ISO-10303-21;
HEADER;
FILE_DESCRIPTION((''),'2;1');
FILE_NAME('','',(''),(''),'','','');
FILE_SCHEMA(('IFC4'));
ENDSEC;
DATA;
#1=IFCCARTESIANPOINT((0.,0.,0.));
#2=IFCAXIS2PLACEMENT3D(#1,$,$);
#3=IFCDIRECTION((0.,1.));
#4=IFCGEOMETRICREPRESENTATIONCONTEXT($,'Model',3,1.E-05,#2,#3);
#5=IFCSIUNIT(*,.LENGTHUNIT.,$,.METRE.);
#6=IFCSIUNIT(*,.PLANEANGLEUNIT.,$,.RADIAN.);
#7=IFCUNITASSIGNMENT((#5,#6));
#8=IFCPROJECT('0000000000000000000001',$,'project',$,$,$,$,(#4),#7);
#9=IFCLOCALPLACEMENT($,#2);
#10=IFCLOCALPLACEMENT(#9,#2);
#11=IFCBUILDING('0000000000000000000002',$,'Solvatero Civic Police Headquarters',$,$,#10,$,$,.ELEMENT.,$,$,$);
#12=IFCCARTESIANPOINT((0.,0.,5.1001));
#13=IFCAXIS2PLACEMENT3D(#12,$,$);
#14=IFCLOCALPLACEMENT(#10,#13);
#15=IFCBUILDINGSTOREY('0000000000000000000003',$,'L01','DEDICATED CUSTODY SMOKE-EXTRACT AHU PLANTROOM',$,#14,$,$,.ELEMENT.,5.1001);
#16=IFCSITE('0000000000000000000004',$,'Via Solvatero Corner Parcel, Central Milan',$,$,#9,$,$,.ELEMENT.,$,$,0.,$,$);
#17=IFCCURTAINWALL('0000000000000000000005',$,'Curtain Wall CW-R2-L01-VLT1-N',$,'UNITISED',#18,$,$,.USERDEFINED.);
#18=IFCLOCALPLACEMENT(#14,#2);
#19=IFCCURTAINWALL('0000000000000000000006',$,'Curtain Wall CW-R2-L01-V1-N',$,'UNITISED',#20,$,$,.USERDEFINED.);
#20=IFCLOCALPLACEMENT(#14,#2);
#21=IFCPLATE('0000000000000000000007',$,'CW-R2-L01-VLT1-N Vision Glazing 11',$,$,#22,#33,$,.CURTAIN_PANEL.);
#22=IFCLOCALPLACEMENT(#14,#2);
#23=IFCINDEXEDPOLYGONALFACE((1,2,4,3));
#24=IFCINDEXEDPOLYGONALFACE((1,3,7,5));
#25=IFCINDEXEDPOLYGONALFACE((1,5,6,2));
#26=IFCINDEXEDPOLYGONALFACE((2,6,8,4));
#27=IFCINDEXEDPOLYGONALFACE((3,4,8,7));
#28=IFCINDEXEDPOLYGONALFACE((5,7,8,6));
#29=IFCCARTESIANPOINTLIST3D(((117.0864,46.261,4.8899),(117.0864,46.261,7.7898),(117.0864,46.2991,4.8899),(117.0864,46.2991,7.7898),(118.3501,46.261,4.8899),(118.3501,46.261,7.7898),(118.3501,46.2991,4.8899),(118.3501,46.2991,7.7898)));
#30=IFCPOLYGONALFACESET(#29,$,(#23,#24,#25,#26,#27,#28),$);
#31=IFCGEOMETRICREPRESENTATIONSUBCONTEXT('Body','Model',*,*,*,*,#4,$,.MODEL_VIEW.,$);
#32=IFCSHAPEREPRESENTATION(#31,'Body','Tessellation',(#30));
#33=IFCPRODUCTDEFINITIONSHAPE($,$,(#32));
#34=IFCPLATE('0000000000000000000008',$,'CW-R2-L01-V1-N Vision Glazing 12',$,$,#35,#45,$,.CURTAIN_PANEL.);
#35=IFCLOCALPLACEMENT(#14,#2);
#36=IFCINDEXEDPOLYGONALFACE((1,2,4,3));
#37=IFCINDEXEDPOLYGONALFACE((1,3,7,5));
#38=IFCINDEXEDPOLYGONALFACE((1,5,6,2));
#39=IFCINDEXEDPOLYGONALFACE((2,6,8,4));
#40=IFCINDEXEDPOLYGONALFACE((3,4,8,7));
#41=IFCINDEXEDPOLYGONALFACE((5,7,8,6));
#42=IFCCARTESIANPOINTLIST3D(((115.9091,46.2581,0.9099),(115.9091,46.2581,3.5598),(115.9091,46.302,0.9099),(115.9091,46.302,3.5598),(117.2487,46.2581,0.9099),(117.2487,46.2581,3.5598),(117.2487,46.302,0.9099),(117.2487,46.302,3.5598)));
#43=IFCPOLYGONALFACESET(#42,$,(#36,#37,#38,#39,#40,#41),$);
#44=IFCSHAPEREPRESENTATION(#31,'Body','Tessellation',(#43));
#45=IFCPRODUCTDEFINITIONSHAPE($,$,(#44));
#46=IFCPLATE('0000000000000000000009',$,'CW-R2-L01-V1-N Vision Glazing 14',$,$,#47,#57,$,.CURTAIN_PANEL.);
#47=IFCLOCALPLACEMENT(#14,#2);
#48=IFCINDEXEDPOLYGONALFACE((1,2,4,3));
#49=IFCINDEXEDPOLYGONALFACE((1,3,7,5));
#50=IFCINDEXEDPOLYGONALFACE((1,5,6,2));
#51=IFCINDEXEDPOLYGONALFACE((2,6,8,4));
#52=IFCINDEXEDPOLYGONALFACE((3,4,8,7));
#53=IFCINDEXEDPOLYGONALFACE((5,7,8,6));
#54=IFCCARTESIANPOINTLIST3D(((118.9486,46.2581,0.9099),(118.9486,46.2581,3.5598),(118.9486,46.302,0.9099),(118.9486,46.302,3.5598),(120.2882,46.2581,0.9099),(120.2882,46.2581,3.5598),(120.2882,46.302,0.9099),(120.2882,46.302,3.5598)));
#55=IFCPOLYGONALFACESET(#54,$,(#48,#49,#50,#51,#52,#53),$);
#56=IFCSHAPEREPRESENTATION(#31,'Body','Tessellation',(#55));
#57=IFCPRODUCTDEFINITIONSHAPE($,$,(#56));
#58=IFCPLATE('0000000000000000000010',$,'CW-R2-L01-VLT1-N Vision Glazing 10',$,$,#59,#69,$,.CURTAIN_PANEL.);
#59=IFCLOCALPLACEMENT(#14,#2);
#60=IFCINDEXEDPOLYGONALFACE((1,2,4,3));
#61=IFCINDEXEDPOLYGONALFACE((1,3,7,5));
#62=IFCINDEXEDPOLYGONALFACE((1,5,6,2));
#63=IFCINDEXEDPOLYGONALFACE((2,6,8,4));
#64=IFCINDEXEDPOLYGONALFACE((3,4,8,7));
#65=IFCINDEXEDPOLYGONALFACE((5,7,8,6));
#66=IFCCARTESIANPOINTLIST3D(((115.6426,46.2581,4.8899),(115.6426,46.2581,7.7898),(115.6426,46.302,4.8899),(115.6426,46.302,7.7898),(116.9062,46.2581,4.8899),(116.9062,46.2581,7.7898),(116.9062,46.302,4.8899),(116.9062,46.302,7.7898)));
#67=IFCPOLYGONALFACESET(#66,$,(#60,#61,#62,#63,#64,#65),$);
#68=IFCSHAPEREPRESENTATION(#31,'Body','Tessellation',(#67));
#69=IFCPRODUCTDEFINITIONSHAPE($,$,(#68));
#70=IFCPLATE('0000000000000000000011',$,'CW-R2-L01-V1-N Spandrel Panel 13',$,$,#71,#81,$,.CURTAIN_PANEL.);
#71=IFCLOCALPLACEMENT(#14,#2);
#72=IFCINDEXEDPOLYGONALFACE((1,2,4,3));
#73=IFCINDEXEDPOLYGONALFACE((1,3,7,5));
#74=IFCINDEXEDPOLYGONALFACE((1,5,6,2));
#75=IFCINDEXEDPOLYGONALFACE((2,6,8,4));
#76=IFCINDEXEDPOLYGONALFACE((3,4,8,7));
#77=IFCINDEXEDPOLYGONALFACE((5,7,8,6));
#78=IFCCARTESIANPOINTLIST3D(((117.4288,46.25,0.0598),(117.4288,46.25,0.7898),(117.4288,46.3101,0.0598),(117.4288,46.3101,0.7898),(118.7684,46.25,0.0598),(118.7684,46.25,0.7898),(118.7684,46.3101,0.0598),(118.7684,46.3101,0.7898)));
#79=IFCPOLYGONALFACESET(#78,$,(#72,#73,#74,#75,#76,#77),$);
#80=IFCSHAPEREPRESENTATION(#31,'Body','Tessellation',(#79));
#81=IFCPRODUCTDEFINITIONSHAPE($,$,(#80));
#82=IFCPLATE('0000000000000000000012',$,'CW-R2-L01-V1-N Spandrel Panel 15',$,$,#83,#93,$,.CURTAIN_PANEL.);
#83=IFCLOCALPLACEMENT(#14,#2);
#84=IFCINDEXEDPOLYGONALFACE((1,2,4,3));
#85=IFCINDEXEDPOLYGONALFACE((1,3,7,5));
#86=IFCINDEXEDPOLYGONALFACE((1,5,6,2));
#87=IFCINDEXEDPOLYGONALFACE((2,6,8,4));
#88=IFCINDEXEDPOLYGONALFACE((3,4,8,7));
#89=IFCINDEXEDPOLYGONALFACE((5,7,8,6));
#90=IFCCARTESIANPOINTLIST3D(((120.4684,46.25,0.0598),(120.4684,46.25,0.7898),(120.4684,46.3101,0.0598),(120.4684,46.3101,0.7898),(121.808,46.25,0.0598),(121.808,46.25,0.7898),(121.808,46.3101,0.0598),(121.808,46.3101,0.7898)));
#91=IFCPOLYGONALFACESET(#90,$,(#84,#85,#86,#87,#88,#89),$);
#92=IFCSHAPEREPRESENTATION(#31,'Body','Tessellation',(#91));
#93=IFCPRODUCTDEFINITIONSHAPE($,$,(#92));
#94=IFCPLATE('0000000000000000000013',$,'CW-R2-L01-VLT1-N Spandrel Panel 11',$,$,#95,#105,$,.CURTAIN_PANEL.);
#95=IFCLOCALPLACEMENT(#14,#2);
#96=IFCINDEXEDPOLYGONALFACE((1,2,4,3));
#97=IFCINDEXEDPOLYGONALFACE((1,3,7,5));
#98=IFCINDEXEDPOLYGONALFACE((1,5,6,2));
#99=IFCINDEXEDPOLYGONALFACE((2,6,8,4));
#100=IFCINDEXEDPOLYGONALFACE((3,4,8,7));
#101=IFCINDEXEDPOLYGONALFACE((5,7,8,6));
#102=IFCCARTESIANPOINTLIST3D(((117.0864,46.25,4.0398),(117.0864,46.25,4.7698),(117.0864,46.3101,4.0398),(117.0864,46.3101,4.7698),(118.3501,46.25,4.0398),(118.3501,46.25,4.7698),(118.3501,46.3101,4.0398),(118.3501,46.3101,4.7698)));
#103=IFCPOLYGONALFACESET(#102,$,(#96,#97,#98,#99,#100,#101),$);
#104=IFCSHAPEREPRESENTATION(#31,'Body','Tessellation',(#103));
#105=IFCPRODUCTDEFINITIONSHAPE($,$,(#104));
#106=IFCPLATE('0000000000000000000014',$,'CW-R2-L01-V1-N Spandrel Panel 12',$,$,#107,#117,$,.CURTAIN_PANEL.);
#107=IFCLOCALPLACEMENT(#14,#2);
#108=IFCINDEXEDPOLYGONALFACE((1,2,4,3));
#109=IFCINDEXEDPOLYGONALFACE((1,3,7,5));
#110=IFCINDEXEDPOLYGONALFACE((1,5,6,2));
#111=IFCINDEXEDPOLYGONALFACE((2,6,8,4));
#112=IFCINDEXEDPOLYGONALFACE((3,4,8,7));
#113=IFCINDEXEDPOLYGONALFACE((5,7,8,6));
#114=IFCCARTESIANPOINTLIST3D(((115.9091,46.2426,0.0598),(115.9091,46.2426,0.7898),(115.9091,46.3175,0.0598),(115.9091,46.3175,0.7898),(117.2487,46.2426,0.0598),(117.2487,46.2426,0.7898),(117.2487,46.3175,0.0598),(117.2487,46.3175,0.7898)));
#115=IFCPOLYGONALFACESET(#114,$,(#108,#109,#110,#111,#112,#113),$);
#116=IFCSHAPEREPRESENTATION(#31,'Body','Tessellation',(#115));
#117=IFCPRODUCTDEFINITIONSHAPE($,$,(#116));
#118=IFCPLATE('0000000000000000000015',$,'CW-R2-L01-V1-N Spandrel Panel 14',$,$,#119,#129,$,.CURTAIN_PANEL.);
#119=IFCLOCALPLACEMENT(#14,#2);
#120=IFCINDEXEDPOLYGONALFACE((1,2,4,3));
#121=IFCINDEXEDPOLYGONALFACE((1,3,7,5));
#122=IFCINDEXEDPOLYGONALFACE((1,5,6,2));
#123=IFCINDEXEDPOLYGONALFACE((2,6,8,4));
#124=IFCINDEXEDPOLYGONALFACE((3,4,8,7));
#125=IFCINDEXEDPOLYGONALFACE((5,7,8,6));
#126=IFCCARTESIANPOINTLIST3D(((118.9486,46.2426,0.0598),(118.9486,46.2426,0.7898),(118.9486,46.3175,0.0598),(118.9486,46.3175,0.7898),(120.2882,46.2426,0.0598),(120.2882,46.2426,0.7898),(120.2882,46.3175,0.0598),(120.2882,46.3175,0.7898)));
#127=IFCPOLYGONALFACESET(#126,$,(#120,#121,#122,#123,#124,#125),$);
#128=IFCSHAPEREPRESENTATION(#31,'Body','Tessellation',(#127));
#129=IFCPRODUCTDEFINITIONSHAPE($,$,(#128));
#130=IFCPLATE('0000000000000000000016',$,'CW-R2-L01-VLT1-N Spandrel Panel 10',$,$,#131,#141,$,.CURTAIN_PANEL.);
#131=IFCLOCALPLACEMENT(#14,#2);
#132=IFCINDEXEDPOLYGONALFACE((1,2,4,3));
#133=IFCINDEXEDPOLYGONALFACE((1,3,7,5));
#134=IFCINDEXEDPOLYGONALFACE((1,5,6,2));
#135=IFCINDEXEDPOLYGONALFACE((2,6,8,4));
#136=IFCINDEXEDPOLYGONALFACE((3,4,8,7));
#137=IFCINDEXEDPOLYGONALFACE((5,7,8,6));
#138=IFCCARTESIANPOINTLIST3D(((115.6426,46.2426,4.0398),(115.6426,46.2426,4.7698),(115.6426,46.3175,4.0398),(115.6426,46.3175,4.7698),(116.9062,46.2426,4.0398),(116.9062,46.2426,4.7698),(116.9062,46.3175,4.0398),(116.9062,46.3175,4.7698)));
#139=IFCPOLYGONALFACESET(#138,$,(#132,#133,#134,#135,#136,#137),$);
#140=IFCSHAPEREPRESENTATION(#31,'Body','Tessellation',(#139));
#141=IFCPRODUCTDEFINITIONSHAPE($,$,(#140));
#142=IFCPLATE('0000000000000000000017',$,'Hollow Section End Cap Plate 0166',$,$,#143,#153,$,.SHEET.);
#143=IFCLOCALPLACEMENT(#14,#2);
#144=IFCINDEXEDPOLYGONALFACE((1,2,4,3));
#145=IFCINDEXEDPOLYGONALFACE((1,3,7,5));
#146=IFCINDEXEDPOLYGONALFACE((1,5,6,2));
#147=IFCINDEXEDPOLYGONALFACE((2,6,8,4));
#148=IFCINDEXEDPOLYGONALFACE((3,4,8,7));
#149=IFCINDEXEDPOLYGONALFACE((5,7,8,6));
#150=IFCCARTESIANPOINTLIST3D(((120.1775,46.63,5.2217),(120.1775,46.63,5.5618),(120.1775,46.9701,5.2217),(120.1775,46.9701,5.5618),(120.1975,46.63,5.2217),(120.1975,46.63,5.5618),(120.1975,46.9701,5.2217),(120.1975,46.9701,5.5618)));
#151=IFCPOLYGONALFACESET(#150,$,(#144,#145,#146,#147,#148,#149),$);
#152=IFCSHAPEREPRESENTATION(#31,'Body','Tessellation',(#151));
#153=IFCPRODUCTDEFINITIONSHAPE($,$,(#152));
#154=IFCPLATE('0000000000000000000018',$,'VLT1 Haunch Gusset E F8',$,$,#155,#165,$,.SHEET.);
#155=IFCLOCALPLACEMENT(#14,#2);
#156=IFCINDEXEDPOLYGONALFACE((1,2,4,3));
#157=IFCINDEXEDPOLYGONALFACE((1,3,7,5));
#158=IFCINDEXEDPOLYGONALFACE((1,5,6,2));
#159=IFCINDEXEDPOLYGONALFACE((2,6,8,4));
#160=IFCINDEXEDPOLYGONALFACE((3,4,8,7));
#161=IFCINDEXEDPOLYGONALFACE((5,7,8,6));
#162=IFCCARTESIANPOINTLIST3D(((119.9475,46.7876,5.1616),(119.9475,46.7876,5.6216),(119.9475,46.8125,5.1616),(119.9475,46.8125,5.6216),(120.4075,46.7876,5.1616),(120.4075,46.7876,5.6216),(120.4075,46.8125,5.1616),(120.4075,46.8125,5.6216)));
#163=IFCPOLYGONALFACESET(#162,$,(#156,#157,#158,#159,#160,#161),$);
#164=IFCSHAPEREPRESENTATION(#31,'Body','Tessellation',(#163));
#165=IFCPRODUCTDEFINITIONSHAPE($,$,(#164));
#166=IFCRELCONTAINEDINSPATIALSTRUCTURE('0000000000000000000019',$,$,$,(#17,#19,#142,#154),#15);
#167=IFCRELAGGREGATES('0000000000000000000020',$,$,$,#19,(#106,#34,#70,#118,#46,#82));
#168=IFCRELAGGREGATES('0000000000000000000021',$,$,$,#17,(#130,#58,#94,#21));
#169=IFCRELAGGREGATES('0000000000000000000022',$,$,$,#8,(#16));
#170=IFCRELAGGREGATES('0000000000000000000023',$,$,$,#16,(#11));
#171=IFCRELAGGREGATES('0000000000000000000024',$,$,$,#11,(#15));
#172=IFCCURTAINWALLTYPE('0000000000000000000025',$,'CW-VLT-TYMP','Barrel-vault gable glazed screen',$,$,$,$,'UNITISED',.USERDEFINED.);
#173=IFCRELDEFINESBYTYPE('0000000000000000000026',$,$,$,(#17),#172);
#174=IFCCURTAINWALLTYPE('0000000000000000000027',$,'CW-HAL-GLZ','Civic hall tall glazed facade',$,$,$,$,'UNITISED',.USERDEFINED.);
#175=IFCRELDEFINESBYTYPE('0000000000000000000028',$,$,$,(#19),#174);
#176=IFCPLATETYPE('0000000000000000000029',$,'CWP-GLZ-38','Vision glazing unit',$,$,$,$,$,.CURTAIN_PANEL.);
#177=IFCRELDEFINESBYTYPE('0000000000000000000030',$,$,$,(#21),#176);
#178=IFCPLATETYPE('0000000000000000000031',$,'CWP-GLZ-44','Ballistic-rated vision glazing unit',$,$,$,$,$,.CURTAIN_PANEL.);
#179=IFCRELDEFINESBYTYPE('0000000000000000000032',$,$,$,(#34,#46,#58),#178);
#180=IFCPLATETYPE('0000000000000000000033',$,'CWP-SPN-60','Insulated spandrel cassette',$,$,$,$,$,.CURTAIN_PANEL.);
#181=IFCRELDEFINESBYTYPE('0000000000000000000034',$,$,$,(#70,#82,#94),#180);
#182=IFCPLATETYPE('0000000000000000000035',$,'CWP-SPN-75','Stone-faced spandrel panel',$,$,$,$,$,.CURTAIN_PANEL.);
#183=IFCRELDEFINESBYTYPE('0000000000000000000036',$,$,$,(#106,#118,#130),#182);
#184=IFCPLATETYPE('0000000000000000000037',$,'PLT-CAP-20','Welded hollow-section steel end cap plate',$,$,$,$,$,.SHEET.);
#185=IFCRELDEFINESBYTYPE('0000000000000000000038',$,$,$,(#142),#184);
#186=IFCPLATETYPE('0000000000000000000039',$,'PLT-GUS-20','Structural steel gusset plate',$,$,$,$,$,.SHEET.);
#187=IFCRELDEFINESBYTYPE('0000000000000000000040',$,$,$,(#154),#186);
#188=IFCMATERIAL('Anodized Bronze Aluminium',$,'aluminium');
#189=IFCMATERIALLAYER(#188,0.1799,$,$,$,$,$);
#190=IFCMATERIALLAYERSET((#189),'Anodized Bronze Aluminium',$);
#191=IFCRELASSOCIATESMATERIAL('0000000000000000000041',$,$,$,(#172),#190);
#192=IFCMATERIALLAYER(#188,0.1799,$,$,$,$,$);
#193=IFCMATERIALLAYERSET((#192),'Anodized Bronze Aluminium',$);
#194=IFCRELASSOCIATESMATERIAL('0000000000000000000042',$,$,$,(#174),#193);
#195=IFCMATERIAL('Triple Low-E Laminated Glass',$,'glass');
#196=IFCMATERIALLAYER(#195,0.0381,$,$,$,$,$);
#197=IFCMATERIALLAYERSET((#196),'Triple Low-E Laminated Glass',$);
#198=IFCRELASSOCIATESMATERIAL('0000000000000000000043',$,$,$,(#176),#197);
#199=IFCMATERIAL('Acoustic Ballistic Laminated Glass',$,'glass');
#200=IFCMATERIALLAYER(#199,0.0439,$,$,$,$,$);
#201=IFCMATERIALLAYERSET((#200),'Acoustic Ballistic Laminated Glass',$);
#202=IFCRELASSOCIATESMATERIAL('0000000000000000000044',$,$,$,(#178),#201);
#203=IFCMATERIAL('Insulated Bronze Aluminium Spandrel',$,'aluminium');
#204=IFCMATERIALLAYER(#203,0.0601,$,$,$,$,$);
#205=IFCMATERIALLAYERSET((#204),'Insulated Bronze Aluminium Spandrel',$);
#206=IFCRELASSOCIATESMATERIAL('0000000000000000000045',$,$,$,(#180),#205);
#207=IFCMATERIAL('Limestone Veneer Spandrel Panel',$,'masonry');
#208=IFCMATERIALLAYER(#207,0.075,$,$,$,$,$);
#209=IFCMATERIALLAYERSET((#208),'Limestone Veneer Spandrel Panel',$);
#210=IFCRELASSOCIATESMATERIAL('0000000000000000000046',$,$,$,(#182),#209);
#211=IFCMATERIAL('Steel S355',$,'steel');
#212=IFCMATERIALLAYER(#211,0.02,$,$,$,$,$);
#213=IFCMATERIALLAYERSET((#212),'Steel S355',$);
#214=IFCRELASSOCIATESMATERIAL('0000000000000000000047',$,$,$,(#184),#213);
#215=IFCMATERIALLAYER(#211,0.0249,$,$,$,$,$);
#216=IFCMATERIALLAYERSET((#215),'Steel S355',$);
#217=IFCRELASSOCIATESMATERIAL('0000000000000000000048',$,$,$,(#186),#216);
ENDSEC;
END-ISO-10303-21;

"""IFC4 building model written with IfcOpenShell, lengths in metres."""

from ifc_helpers import new_model, si_unit, direction, frame, origin, origin_2d, place, context, subcontext, project, spatial, rectangle, extrude, material, layer, layer_set, type_object, element, aggregate, save


model = new_model("IFC4")

# Units and contexts
model_context = context("Model", 3, precision=1e-05, world=origin(), true_north=direction((0.0, 1.0)))
body_context = subcontext(model_context, "Body", "Model", "MODEL_VIEW")
ifc_project = project(units=[si_unit("LENGTHUNIT", "METRE"), si_unit("PLANEANGLEUNIT", "RADIAN")], contexts=[model_context])

# Site, building, storey
site_placement = place(None, origin())
site = spatial("IfcSite", under=ifc_project, at=site_placement, Name="Via Solvatero Corner Parcel, Central Milan", CompositionType="ELEMENT", RefElevation=0.0)
building_placement = place(site_placement, origin())
building = spatial("IfcBuilding", under=site, at=building_placement, Name="Solvatero Civic Police Headquarters", CompositionType="ELEMENT")
storey_placement = place(building_placement, frame((0.0, 0.0, 5.1001)))
storey = spatial("IfcBuildingStorey", under=building, at=storey_placement, Name="L01", Description="DEDICATED CUSTODY SMOKE-EXTRACT AHU PLANTROOM", CompositionType="ELEMENT", Elevation=5.1001)

# Shared definitions
ifc_material_1 = material(Name="Steel S355", Category="steel")

# Curtain walls
ifc_material_2 = material(Name="Anodized Bronze Aluminium", Category="aluminium")
ifc_layer_1 = layer(ifc_material_2, 0.1799)
ifc_layer_set_1 = layer_set([ifc_layer_1], Name="Anodized Bronze Aluminium")
curtain_wall_type_1 = type_object("IfcCurtainWallType", Name="CW-VLT-TYMP", Description="Barrel-vault gable glazed screen", ElementType="UNITISED", PredefinedType="USERDEFINED", material=ifc_layer_set_1)
curtain_wall_1_placement = place(storey_placement, origin())
curtain_wall_1 = element("IfcCurtainWall", 1, at=curtain_wall_1_placement, inside=storey, type_object=curtain_wall_type_1, Name="Curtain Wall CW-R2-L01-VLT1-N", ObjectType="UNITISED", PredefinedType="USERDEFINED")
ifc_layer_2 = layer(ifc_material_2, 0.1799)
ifc_layer_set_2 = layer_set([ifc_layer_2], Name="Anodized Bronze Aluminium")
curtain_wall_type_2 = type_object("IfcCurtainWallType", Name="CW-HAL-GLZ", Description="Civic hall tall glazed facade", ElementType="UNITISED", PredefinedType="USERDEFINED", material=ifc_layer_set_2)
curtain_wall_2_placement = place(storey_placement, origin())
curtain_wall_2 = element("IfcCurtainWall", 2, at=curtain_wall_2_placement, inside=storey, type_object=curtain_wall_type_2, Name="Curtain Wall CW-R2-L01-V1-N", ObjectType="UNITISED", PredefinedType="USERDEFINED")

# Plates
ifc_material_3 = material(Name="Triple Low-E Laminated Glass", Category="glass")
ifc_layer_3 = layer(ifc_material_3, 0.0381)
ifc_layer_set_3 = layer_set([ifc_layer_3], Name="Triple Low-E Laminated Glass")
plate_type_1 = type_object("IfcPlateType", Name="CWP-GLZ-38", Description="Vision glazing unit", PredefinedType="CURTAIN_PANEL", material=ifc_layer_set_3)
plate_1_placement = place(storey_placement, frame((117.7183, 46.28, 4.8899), z_axis=(0.0, 0.0, 1.0), x_axis=(1.0, 0.0, 0.0)))
plate_1 = element("IfcPlate", 3, at=plate_1_placement, type_object=plate_type_1, Name="CW-R2-L01-VLT1-N Vision Glazing 11", PredefinedType="CURTAIN_PANEL", context=body_context, shape_type="SweptSolid", body=[
    extrude(rectangle(XDim=1.2637, YDim=0.0381, at=origin_2d()), origin(), (0.0, 0.0, 1.0), 2.8999),
])
ifc_material_4 = material(Name="Acoustic Ballistic Laminated Glass", Category="glass")
ifc_layer_4 = layer(ifc_material_4, 0.0439)
ifc_layer_set_4 = layer_set([ifc_layer_4], Name="Acoustic Ballistic Laminated Glass")
plate_type_2 = type_object("IfcPlateType", Name="CWP-GLZ-44", Description="Ballistic-rated vision glazing unit", PredefinedType="CURTAIN_PANEL", material=ifc_layer_set_4)
plate_2_placement = place(storey_placement, frame((116.5789, 46.28, 0.9099), z_axis=(0.0, 0.0, 1.0), x_axis=(1.0, 0.0, 0.0)))
plate_2 = element("IfcPlate", 4, at=plate_2_placement, type_object=plate_type_2, Name="CW-R2-L01-V1-N Vision Glazing 12", PredefinedType="CURTAIN_PANEL", context=body_context, shape_type="SweptSolid", body=[
    extrude(rectangle(XDim=1.3396, YDim=0.0439, at=origin_2d()), origin(), (0.0, 0.0, 1.0), 2.6499),
])
plate_3_placement = place(storey_placement, frame((119.6184, 46.28, 0.9099), z_axis=(0.0, 0.0, 1.0), x_axis=(1.0, 0.0, 0.0)))
plate_3 = element("IfcPlate", 5, at=plate_3_placement, type_object=plate_type_2, Name="CW-R2-L01-V1-N Vision Glazing 14", PredefinedType="CURTAIN_PANEL", context=body_context, shape_type="SweptSolid", body=[
    extrude(rectangle(XDim=1.3396, YDim=0.0439, at=origin_2d()), origin(), (0.0, 0.0, 1.0), 2.6499),
])
plate_4_placement = place(storey_placement, frame((116.2744, 46.28, 4.8899), z_axis=(0.0, 0.0, 1.0), x_axis=(1.0, 0.0, 0.0)))
plate_4 = element("IfcPlate", 6, at=plate_4_placement, type_object=plate_type_2, Name="CW-R2-L01-VLT1-N Vision Glazing 10", PredefinedType="CURTAIN_PANEL", context=body_context, shape_type="SweptSolid", body=[
    extrude(rectangle(XDim=1.2637, YDim=0.0439, at=origin_2d()), origin(), (0.0, 0.0, 1.0), 2.8999),
])
ifc_material_5 = material(Name="Insulated Bronze Aluminium Spandrel", Category="aluminium")
ifc_layer_5 = layer(ifc_material_5, 0.0601)
ifc_layer_set_5 = layer_set([ifc_layer_5], Name="Insulated Bronze Aluminium Spandrel")
plate_type_3 = type_object("IfcPlateType", Name="CWP-SPN-60", Description="Insulated spandrel cassette", PredefinedType="CURTAIN_PANEL", material=ifc_layer_set_5)
plate_5_placement = place(storey_placement, frame((118.0986, 46.28, 0.0598), z_axis=(0.0, 0.0, 1.0), x_axis=(1.0, 0.0, 0.0)))
plate_5 = element("IfcPlate", 7, at=plate_5_placement, type_object=plate_type_3, Name="CW-R2-L01-V1-N Spandrel Panel 13", PredefinedType="CURTAIN_PANEL", context=body_context, shape_type="SweptSolid", body=[
    extrude(rectangle(XDim=1.3396, YDim=0.0601, at=origin_2d()), origin(), (0.0, 0.0, 1.0), 0.73),
])
plate_6_placement = place(storey_placement, frame((121.1382, 46.28, 0.0598), z_axis=(0.0, 0.0, 1.0), x_axis=(1.0, 0.0, 0.0)))
plate_6 = element("IfcPlate", 8, at=plate_6_placement, type_object=plate_type_3, Name="CW-R2-L01-V1-N Spandrel Panel 15", PredefinedType="CURTAIN_PANEL", context=body_context, shape_type="SweptSolid", body=[
    extrude(rectangle(XDim=1.3396, YDim=0.0601, at=origin_2d()), origin(), (0.0, 0.0, 1.0), 0.73),
])
plate_7_placement = place(storey_placement, frame((117.7183, 46.28, 4.0398), z_axis=(0.0, 0.0, 1.0), x_axis=(1.0, 0.0, 0.0)))
plate_7 = element("IfcPlate", 9, at=plate_7_placement, type_object=plate_type_3, Name="CW-R2-L01-VLT1-N Spandrel Panel 11", PredefinedType="CURTAIN_PANEL", context=body_context, shape_type="SweptSolid", body=[
    extrude(rectangle(XDim=1.2637, YDim=0.0601, at=origin_2d()), origin(), (0.0, 0.0, 1.0), 0.73),
])
ifc_material_6 = material(Name="Limestone Veneer Spandrel Panel", Category="masonry")
ifc_layer_6 = layer(ifc_material_6, 0.075)
ifc_layer_set_6 = layer_set([ifc_layer_6], Name="Limestone Veneer Spandrel Panel")
plate_type_4 = type_object("IfcPlateType", Name="CWP-SPN-75", Description="Stone-faced spandrel panel", PredefinedType="CURTAIN_PANEL", material=ifc_layer_set_6)
plate_8_placement = place(storey_placement, frame((116.5789, 46.28, 0.0598), z_axis=(0.0, 0.0, 1.0), x_axis=(1.0, 0.0, 0.0)))
plate_8 = element("IfcPlate", 10, at=plate_8_placement, type_object=plate_type_4, Name="CW-R2-L01-V1-N Spandrel Panel 12", PredefinedType="CURTAIN_PANEL", context=body_context, shape_type="SweptSolid", body=[
    extrude(rectangle(XDim=1.3396, YDim=0.075, at=origin_2d()), origin(), (0.0, 0.0, 1.0), 0.73),
])
plate_9_placement = place(storey_placement, frame((119.6184, 46.28, 0.0598), z_axis=(0.0, 0.0, 1.0), x_axis=(1.0, 0.0, 0.0)))
plate_9 = element("IfcPlate", 11, at=plate_9_placement, type_object=plate_type_4, Name="CW-R2-L01-V1-N Spandrel Panel 14", PredefinedType="CURTAIN_PANEL", context=body_context, shape_type="SweptSolid", body=[
    extrude(rectangle(XDim=1.3396, YDim=0.075, at=origin_2d()), origin(), (0.0, 0.0, 1.0), 0.73),
])
aggregate(curtain_wall_2, [plate_8, plate_2, plate_5, plate_9, plate_3, plate_6])
plate_10_placement = place(storey_placement, frame((116.2744, 46.28, 4.0398), z_axis=(0.0, 0.0, 1.0), x_axis=(1.0, 0.0, 0.0)))
plate_10 = element("IfcPlate", 12, at=plate_10_placement, type_object=plate_type_4, Name="CW-R2-L01-VLT1-N Spandrel Panel 10", PredefinedType="CURTAIN_PANEL", context=body_context, shape_type="SweptSolid", body=[
    extrude(rectangle(XDim=1.2637, YDim=0.075, at=origin_2d()), origin(), (0.0, 0.0, 1.0), 0.73),
])
aggregate(curtain_wall_1, [plate_10, plate_4, plate_7, plate_1])

# Plates
ifc_layer_7 = layer(ifc_material_1, 0.02)
ifc_layer_set_7 = layer_set([ifc_layer_7], Name="Steel S355")
plate_type_5 = type_object("IfcPlateType", Name="PLT-CAP-20", Description="Welded hollow-section steel end cap plate", PredefinedType="SHEET", material=ifc_layer_set_7)
plate_11_placement = place(storey_placement, frame((120.1875, 46.8, 5.2217), z_axis=(0.0, 0.0, 1.0), x_axis=(1.0, 0.0, 0.0)))
element("IfcPlate", 13, at=plate_11_placement, inside=storey, type_object=plate_type_5, Name="Hollow Section End Cap Plate 0166", PredefinedType="SHEET", context=body_context, shape_type="SweptSolid", body=[
    extrude(rectangle(XDim=0.02, YDim=0.3401, at=origin_2d()), origin(), (0.0, 0.0, 1.0), 0.3401),
])
ifc_layer_8 = layer(ifc_material_1, 0.0249)
ifc_layer_set_8 = layer_set([ifc_layer_8], Name="Steel S355")
plate_type_6 = type_object("IfcPlateType", Name="PLT-GUS-20", Description="Structural steel gusset plate", PredefinedType="SHEET", material=ifc_layer_set_8)
plate_12_placement = place(storey_placement, frame((120.1775, 46.8, 5.1616), z_axis=(0.0, 0.0, 1.0), x_axis=(1.0, 0.0, 0.0)))
element("IfcPlate", 14, at=plate_12_placement, inside=storey, type_object=plate_type_6, Name="VLT1 Haunch Gusset E F8", PredefinedType="SHEET", context=body_context, shape_type="SweptSolid", body=[
    extrude(rectangle(XDim=0.46, YDim=0.0249, at=origin_2d()), origin(), (0.0, 0.0, 1.0), 0.46),
])

save(model, "model.ifc")
